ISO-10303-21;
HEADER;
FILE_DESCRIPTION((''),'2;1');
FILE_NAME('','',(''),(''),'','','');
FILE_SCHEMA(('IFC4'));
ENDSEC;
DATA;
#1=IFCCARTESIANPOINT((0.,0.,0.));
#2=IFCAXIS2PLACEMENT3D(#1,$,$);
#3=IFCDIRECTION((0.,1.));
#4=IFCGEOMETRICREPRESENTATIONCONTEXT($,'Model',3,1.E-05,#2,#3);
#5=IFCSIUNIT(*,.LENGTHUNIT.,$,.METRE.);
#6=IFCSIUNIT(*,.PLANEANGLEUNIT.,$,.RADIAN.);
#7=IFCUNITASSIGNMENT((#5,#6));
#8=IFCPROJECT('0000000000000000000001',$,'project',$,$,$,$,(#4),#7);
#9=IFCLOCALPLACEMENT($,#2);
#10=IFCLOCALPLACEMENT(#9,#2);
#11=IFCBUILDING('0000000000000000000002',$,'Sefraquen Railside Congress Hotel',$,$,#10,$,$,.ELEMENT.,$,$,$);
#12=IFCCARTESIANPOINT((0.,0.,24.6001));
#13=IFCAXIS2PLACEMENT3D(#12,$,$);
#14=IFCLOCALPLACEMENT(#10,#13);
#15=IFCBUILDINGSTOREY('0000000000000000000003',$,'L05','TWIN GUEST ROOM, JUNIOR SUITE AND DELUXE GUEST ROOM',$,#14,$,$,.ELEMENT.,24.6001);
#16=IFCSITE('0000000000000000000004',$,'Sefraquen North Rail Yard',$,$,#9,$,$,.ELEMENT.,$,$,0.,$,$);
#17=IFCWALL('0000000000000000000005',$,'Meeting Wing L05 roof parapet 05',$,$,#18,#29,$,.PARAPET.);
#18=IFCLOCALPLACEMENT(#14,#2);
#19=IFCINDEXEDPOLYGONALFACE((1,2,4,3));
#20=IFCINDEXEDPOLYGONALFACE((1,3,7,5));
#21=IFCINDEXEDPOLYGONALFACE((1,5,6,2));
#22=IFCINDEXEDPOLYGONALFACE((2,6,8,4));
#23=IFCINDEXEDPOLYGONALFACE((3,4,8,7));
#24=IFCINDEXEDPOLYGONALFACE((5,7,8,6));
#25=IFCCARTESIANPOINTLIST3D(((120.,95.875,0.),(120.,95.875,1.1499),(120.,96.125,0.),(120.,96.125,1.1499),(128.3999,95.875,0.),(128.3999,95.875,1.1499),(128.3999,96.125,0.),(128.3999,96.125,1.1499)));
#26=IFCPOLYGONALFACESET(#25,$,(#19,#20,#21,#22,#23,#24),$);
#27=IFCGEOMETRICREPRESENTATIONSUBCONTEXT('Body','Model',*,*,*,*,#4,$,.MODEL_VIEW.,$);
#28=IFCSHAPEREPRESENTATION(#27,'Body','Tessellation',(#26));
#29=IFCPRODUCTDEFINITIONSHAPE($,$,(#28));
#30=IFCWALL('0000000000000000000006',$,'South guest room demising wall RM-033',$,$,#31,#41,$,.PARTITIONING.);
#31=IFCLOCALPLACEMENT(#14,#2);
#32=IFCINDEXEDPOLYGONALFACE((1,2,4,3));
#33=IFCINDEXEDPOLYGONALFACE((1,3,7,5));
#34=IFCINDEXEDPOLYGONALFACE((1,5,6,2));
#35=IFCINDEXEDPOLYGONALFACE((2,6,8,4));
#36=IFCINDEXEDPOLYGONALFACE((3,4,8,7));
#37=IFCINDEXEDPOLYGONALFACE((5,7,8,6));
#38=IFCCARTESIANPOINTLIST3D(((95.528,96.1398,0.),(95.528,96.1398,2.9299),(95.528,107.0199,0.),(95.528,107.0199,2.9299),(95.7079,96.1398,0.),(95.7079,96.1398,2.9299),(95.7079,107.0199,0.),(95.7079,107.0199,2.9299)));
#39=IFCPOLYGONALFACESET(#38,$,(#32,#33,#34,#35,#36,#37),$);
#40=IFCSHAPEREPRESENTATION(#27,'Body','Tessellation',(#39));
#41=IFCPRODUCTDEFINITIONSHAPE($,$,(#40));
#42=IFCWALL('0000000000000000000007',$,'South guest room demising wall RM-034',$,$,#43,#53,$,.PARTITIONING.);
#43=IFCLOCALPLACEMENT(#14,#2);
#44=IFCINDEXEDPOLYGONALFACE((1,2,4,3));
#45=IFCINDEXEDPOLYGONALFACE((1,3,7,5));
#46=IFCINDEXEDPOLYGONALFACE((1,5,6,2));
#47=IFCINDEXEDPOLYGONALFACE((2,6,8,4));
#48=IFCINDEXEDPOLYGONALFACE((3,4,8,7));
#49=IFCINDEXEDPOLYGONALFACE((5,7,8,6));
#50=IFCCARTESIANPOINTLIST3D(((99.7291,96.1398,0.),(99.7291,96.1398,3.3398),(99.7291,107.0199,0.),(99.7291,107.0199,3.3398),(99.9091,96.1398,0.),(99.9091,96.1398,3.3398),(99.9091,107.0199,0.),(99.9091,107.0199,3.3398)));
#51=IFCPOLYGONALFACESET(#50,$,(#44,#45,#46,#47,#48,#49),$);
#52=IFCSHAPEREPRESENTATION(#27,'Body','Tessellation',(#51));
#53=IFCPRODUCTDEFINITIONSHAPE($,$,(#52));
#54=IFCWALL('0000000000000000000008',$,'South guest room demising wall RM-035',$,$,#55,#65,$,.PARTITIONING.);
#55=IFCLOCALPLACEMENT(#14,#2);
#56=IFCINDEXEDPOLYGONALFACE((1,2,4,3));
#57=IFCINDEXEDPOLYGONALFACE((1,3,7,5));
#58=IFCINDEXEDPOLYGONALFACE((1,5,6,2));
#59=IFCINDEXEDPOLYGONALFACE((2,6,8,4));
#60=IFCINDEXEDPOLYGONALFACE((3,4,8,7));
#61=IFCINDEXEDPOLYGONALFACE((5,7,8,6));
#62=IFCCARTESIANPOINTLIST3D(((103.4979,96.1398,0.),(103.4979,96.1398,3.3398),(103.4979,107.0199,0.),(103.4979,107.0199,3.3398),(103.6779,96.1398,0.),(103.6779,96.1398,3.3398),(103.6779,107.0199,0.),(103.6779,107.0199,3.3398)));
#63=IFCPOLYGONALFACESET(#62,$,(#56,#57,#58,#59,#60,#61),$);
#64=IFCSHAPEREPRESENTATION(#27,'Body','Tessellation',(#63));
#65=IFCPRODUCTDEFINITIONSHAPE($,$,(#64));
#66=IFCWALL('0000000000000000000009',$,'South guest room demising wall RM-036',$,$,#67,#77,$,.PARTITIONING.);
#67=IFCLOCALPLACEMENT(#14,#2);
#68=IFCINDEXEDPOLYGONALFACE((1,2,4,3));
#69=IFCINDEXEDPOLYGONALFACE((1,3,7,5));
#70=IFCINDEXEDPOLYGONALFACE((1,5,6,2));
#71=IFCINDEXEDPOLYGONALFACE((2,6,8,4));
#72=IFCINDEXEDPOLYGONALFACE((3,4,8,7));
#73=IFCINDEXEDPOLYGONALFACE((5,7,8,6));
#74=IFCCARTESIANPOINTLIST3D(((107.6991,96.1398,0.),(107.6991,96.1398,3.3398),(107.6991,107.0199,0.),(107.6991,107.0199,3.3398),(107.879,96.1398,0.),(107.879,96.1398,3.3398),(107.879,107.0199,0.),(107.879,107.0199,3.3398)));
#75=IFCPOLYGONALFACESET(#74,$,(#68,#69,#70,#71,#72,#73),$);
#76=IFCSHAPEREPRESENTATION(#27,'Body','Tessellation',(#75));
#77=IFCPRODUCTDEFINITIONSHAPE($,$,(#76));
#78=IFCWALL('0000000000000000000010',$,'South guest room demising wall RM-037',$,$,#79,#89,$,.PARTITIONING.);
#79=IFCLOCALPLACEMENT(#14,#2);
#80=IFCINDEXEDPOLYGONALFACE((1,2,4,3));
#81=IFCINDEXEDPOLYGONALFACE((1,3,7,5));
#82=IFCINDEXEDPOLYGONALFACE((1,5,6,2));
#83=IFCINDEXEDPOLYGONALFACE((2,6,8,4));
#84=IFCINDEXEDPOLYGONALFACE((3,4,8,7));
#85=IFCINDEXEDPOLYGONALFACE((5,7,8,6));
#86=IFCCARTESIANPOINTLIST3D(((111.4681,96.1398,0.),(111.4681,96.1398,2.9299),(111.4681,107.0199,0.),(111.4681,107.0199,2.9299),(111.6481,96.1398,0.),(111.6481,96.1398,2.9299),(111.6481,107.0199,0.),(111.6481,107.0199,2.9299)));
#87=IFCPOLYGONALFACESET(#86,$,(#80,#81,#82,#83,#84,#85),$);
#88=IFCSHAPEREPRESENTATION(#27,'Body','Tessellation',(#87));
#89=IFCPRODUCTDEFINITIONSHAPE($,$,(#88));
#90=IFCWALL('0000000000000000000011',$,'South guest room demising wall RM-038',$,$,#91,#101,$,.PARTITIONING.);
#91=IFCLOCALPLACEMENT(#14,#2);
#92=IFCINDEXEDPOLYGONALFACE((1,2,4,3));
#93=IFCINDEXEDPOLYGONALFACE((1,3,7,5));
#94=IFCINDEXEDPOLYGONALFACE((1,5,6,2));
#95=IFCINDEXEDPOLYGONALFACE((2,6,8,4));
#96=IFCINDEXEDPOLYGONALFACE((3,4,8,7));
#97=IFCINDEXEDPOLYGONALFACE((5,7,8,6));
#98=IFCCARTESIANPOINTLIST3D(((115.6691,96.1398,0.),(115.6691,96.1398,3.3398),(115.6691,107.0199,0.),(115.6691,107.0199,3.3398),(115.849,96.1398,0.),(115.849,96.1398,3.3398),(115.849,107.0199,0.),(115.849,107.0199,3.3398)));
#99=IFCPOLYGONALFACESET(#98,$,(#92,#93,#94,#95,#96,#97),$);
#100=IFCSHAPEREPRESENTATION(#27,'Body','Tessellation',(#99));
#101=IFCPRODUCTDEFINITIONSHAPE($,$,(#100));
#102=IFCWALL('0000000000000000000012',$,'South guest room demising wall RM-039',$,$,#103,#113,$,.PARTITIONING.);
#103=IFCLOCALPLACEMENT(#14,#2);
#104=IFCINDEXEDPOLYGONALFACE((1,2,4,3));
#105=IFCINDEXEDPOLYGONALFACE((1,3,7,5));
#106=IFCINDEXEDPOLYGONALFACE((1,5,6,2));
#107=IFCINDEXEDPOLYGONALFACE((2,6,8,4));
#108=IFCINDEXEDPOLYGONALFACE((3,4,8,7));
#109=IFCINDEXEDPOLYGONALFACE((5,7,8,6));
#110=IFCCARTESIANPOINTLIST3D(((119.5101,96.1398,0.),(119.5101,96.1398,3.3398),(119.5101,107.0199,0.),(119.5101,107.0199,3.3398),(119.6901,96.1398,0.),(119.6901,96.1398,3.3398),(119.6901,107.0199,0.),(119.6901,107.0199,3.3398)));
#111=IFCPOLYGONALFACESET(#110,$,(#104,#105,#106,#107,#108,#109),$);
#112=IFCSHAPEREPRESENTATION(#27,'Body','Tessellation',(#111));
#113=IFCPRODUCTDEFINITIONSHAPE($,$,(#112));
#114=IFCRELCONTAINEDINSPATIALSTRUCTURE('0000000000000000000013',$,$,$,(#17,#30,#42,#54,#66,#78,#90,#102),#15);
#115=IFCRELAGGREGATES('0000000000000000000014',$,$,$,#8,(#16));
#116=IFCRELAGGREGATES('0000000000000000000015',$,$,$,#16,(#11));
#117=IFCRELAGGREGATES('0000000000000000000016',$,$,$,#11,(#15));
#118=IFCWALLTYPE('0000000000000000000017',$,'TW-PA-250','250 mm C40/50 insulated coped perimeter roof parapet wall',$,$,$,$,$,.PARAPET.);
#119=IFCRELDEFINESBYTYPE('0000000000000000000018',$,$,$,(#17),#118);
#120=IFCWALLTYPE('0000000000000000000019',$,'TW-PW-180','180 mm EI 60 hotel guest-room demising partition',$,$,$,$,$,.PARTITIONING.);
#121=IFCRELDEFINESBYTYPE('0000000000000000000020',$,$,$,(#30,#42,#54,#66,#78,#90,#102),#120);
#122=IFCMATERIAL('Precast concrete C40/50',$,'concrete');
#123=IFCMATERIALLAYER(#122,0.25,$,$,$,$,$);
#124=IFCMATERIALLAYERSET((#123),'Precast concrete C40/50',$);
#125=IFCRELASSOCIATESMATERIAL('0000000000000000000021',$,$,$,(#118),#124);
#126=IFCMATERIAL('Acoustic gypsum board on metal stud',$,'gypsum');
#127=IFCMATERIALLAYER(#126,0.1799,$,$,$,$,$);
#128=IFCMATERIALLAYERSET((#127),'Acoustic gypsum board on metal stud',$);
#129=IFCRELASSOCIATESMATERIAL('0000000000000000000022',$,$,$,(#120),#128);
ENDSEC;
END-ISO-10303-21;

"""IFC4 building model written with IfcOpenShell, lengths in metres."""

from ifc_helpers import new_model, si_unit, direction, frame, frame_2d, origin, place, context, subcontext, project, spatial, rectangle, extrude, material, layer, layer_set, type_object, element, save


model = new_model("IFC4")

# Units and contexts
model_context = context("Model", 3, precision=1e-05, world=origin(), true_north=direction((0.0, 1.0)))
body_context = subcontext(model_context, "Body", "Model", "MODEL_VIEW")
ifc_project = project(units=[si_unit("LENGTHUNIT", "METRE"), si_unit("PLANEANGLEUNIT", "RADIAN")], contexts=[model_context])

# Site, building, storey
site_placement = place(None, origin())
site = spatial("IfcSite", under=ifc_project, at=site_placement, Name="Sefraquen North Rail Yard", CompositionType="ELEMENT", RefElevation=0.0)
building_placement = place(site_placement, origin())
building = spatial("IfcBuilding", under=site, at=building_placement, Name="Sefraquen Railside Congress Hotel", CompositionType="ELEMENT")
storey_placement = place(building_placement, frame((0.0, 0.0, 24.6001)))
storey = spatial("IfcBuildingStorey", under=building, at=storey_placement, Name="L05", Description="TWIN GUEST ROOM, JUNIOR SUITE AND DELUXE GUEST ROOM", CompositionType="ELEMENT", Elevation=24.6001)

# Walls
ifc_material_1 = material(Name="Precast concrete C40/50", Category="concrete")
ifc_layer_1 = layer(ifc_material_1, 0.25)
ifc_layer_set_1 = layer_set([ifc_layer_1], Name="Precast concrete C40/50")
wall_type_1 = type_object("IfcWallType", Name="TW-PA-250", Description="250 mm C40/50 insulated coped perimeter roof parapet wall", PredefinedType="PARAPET", material=ifc_layer_set_1)
wall_1_placement = place(storey_placement, frame((128.3999, 96.0, 0.0), z_axis=(0.0, 0.0, 1.0), x_axis=(-1.0, 0.0, 0.0)))
element("IfcWall", 1, at=wall_1_placement, inside=storey, type_object=wall_type_1, Name="Meeting Wing L05 roof parapet 05", PredefinedType="PARAPET", context=body_context, shape_type="SweptSolid", body=[
    extrude(rectangle(XDim=8.3999, YDim=0.25, at=frame_2d((4.2, 0.0))), origin(), (0.0, 0.0, 1.0), 1.1499),
])
ifc_material_2 = material(Name="Acoustic gypsum board on metal stud", Category="gypsum")
ifc_layer_2 = layer(ifc_material_2, 0.1799)
ifc_layer_set_2 = layer_set([ifc_layer_2], Name="Acoustic gypsum board on metal stud")
wall_type_2 = type_object("IfcWallType", Name="TW-PW-180", Description="180 mm EI 60 hotel guest-room demising partition", PredefinedType="PARTITIONING", material=ifc_layer_set_2)
wall_2_placement = place(storey_placement, frame((95.6179, 96.1399, 0.0), z_axis=(0.0, 0.0, 1.0), x_axis=(0.0, 1.0, 0.0)))
element("IfcWall", 2, at=wall_2_placement, inside=storey, type_object=wall_type_2, Name="South guest room demising wall RM-033", PredefinedType="PARTITIONING", context=body_context, shape_type="SweptSolid", body=[
    extrude(rectangle(XDim=10.8801, YDim=0.1799, at=frame_2d((5.4399, 0.0))), origin(), (0.0, 0.0, 1.0), 2.9299),
])
for number, where, z_axis, x_axis, name in (
    (3, (99.8191, 96.1399, 0.0), (0.0, 0.0, 1.0), (0.0, 1.0, 0.0), "South guest room demising wall RM-034"),
    (4, (103.5879, 96.1399, 0.0), (0.0, 0.0, 1.0), (0.0, 1.0, 0.0), "South guest room demising wall RM-035"),
    (5, (107.7891, 96.1399, 0.0), (0.0, 0.0, 1.0), (0.0, 1.0, 0.0), "South guest room demising wall RM-036"),
):
    element("IfcWall", number, at=place(storey_placement, frame(where, z_axis=z_axis, x_axis=x_axis)), inside=storey, type_object=wall_type_2, Name=name, PredefinedType="PARTITIONING", context=body_context, shape_type="SweptSolid", body=[
        extrude(rectangle(XDim=10.8801, YDim=0.1799, at=frame_2d((5.4399, 0.0))), origin(), (0.0, 0.0, 1.0), 3.3398),
    ])
wall_3_placement = place(storey_placement, frame((111.5581, 96.1399, 0.0), z_axis=(0.0, 0.0, 1.0), x_axis=(0.0, 1.0, 0.0)))
element("IfcWall", 6, at=wall_3_placement, inside=storey, type_object=wall_type_2, Name="South guest room demising wall RM-037", PredefinedType="PARTITIONING", context=body_context, shape_type="SweptSolid", body=[
    extrude(rectangle(XDim=10.8801, YDim=0.1799, at=frame_2d((5.4399, 0.0))), origin(), (0.0, 0.0, 1.0), 2.9299),
])
for number, where, z_axis, x_axis, name in (
    (7, (115.759, 96.1399, 0.0), (0.0, 0.0, 1.0), (0.0, 1.0, 0.0), "South guest room demising wall RM-038"),
    (8, (119.6001, 96.1399, 0.0), (0.0, 0.0, 1.0), (0.0, 1.0, 0.0), "South guest room demising wall RM-039"),
):
    element("IfcWall", number, at=place(storey_placement, frame(where, z_axis=z_axis, x_axis=x_axis)), inside=storey, type_object=wall_type_2, Name=name, PredefinedType="PARTITIONING", context=body_context, shape_type="SweptSolid", body=[
        extrude(rectangle(XDim=10.8801, YDim=0.1799, at=frame_2d((5.4399, 0.0))), origin(), (0.0, 0.0, 1.0), 3.3398),
    ])

save(model, "model.ifc")
